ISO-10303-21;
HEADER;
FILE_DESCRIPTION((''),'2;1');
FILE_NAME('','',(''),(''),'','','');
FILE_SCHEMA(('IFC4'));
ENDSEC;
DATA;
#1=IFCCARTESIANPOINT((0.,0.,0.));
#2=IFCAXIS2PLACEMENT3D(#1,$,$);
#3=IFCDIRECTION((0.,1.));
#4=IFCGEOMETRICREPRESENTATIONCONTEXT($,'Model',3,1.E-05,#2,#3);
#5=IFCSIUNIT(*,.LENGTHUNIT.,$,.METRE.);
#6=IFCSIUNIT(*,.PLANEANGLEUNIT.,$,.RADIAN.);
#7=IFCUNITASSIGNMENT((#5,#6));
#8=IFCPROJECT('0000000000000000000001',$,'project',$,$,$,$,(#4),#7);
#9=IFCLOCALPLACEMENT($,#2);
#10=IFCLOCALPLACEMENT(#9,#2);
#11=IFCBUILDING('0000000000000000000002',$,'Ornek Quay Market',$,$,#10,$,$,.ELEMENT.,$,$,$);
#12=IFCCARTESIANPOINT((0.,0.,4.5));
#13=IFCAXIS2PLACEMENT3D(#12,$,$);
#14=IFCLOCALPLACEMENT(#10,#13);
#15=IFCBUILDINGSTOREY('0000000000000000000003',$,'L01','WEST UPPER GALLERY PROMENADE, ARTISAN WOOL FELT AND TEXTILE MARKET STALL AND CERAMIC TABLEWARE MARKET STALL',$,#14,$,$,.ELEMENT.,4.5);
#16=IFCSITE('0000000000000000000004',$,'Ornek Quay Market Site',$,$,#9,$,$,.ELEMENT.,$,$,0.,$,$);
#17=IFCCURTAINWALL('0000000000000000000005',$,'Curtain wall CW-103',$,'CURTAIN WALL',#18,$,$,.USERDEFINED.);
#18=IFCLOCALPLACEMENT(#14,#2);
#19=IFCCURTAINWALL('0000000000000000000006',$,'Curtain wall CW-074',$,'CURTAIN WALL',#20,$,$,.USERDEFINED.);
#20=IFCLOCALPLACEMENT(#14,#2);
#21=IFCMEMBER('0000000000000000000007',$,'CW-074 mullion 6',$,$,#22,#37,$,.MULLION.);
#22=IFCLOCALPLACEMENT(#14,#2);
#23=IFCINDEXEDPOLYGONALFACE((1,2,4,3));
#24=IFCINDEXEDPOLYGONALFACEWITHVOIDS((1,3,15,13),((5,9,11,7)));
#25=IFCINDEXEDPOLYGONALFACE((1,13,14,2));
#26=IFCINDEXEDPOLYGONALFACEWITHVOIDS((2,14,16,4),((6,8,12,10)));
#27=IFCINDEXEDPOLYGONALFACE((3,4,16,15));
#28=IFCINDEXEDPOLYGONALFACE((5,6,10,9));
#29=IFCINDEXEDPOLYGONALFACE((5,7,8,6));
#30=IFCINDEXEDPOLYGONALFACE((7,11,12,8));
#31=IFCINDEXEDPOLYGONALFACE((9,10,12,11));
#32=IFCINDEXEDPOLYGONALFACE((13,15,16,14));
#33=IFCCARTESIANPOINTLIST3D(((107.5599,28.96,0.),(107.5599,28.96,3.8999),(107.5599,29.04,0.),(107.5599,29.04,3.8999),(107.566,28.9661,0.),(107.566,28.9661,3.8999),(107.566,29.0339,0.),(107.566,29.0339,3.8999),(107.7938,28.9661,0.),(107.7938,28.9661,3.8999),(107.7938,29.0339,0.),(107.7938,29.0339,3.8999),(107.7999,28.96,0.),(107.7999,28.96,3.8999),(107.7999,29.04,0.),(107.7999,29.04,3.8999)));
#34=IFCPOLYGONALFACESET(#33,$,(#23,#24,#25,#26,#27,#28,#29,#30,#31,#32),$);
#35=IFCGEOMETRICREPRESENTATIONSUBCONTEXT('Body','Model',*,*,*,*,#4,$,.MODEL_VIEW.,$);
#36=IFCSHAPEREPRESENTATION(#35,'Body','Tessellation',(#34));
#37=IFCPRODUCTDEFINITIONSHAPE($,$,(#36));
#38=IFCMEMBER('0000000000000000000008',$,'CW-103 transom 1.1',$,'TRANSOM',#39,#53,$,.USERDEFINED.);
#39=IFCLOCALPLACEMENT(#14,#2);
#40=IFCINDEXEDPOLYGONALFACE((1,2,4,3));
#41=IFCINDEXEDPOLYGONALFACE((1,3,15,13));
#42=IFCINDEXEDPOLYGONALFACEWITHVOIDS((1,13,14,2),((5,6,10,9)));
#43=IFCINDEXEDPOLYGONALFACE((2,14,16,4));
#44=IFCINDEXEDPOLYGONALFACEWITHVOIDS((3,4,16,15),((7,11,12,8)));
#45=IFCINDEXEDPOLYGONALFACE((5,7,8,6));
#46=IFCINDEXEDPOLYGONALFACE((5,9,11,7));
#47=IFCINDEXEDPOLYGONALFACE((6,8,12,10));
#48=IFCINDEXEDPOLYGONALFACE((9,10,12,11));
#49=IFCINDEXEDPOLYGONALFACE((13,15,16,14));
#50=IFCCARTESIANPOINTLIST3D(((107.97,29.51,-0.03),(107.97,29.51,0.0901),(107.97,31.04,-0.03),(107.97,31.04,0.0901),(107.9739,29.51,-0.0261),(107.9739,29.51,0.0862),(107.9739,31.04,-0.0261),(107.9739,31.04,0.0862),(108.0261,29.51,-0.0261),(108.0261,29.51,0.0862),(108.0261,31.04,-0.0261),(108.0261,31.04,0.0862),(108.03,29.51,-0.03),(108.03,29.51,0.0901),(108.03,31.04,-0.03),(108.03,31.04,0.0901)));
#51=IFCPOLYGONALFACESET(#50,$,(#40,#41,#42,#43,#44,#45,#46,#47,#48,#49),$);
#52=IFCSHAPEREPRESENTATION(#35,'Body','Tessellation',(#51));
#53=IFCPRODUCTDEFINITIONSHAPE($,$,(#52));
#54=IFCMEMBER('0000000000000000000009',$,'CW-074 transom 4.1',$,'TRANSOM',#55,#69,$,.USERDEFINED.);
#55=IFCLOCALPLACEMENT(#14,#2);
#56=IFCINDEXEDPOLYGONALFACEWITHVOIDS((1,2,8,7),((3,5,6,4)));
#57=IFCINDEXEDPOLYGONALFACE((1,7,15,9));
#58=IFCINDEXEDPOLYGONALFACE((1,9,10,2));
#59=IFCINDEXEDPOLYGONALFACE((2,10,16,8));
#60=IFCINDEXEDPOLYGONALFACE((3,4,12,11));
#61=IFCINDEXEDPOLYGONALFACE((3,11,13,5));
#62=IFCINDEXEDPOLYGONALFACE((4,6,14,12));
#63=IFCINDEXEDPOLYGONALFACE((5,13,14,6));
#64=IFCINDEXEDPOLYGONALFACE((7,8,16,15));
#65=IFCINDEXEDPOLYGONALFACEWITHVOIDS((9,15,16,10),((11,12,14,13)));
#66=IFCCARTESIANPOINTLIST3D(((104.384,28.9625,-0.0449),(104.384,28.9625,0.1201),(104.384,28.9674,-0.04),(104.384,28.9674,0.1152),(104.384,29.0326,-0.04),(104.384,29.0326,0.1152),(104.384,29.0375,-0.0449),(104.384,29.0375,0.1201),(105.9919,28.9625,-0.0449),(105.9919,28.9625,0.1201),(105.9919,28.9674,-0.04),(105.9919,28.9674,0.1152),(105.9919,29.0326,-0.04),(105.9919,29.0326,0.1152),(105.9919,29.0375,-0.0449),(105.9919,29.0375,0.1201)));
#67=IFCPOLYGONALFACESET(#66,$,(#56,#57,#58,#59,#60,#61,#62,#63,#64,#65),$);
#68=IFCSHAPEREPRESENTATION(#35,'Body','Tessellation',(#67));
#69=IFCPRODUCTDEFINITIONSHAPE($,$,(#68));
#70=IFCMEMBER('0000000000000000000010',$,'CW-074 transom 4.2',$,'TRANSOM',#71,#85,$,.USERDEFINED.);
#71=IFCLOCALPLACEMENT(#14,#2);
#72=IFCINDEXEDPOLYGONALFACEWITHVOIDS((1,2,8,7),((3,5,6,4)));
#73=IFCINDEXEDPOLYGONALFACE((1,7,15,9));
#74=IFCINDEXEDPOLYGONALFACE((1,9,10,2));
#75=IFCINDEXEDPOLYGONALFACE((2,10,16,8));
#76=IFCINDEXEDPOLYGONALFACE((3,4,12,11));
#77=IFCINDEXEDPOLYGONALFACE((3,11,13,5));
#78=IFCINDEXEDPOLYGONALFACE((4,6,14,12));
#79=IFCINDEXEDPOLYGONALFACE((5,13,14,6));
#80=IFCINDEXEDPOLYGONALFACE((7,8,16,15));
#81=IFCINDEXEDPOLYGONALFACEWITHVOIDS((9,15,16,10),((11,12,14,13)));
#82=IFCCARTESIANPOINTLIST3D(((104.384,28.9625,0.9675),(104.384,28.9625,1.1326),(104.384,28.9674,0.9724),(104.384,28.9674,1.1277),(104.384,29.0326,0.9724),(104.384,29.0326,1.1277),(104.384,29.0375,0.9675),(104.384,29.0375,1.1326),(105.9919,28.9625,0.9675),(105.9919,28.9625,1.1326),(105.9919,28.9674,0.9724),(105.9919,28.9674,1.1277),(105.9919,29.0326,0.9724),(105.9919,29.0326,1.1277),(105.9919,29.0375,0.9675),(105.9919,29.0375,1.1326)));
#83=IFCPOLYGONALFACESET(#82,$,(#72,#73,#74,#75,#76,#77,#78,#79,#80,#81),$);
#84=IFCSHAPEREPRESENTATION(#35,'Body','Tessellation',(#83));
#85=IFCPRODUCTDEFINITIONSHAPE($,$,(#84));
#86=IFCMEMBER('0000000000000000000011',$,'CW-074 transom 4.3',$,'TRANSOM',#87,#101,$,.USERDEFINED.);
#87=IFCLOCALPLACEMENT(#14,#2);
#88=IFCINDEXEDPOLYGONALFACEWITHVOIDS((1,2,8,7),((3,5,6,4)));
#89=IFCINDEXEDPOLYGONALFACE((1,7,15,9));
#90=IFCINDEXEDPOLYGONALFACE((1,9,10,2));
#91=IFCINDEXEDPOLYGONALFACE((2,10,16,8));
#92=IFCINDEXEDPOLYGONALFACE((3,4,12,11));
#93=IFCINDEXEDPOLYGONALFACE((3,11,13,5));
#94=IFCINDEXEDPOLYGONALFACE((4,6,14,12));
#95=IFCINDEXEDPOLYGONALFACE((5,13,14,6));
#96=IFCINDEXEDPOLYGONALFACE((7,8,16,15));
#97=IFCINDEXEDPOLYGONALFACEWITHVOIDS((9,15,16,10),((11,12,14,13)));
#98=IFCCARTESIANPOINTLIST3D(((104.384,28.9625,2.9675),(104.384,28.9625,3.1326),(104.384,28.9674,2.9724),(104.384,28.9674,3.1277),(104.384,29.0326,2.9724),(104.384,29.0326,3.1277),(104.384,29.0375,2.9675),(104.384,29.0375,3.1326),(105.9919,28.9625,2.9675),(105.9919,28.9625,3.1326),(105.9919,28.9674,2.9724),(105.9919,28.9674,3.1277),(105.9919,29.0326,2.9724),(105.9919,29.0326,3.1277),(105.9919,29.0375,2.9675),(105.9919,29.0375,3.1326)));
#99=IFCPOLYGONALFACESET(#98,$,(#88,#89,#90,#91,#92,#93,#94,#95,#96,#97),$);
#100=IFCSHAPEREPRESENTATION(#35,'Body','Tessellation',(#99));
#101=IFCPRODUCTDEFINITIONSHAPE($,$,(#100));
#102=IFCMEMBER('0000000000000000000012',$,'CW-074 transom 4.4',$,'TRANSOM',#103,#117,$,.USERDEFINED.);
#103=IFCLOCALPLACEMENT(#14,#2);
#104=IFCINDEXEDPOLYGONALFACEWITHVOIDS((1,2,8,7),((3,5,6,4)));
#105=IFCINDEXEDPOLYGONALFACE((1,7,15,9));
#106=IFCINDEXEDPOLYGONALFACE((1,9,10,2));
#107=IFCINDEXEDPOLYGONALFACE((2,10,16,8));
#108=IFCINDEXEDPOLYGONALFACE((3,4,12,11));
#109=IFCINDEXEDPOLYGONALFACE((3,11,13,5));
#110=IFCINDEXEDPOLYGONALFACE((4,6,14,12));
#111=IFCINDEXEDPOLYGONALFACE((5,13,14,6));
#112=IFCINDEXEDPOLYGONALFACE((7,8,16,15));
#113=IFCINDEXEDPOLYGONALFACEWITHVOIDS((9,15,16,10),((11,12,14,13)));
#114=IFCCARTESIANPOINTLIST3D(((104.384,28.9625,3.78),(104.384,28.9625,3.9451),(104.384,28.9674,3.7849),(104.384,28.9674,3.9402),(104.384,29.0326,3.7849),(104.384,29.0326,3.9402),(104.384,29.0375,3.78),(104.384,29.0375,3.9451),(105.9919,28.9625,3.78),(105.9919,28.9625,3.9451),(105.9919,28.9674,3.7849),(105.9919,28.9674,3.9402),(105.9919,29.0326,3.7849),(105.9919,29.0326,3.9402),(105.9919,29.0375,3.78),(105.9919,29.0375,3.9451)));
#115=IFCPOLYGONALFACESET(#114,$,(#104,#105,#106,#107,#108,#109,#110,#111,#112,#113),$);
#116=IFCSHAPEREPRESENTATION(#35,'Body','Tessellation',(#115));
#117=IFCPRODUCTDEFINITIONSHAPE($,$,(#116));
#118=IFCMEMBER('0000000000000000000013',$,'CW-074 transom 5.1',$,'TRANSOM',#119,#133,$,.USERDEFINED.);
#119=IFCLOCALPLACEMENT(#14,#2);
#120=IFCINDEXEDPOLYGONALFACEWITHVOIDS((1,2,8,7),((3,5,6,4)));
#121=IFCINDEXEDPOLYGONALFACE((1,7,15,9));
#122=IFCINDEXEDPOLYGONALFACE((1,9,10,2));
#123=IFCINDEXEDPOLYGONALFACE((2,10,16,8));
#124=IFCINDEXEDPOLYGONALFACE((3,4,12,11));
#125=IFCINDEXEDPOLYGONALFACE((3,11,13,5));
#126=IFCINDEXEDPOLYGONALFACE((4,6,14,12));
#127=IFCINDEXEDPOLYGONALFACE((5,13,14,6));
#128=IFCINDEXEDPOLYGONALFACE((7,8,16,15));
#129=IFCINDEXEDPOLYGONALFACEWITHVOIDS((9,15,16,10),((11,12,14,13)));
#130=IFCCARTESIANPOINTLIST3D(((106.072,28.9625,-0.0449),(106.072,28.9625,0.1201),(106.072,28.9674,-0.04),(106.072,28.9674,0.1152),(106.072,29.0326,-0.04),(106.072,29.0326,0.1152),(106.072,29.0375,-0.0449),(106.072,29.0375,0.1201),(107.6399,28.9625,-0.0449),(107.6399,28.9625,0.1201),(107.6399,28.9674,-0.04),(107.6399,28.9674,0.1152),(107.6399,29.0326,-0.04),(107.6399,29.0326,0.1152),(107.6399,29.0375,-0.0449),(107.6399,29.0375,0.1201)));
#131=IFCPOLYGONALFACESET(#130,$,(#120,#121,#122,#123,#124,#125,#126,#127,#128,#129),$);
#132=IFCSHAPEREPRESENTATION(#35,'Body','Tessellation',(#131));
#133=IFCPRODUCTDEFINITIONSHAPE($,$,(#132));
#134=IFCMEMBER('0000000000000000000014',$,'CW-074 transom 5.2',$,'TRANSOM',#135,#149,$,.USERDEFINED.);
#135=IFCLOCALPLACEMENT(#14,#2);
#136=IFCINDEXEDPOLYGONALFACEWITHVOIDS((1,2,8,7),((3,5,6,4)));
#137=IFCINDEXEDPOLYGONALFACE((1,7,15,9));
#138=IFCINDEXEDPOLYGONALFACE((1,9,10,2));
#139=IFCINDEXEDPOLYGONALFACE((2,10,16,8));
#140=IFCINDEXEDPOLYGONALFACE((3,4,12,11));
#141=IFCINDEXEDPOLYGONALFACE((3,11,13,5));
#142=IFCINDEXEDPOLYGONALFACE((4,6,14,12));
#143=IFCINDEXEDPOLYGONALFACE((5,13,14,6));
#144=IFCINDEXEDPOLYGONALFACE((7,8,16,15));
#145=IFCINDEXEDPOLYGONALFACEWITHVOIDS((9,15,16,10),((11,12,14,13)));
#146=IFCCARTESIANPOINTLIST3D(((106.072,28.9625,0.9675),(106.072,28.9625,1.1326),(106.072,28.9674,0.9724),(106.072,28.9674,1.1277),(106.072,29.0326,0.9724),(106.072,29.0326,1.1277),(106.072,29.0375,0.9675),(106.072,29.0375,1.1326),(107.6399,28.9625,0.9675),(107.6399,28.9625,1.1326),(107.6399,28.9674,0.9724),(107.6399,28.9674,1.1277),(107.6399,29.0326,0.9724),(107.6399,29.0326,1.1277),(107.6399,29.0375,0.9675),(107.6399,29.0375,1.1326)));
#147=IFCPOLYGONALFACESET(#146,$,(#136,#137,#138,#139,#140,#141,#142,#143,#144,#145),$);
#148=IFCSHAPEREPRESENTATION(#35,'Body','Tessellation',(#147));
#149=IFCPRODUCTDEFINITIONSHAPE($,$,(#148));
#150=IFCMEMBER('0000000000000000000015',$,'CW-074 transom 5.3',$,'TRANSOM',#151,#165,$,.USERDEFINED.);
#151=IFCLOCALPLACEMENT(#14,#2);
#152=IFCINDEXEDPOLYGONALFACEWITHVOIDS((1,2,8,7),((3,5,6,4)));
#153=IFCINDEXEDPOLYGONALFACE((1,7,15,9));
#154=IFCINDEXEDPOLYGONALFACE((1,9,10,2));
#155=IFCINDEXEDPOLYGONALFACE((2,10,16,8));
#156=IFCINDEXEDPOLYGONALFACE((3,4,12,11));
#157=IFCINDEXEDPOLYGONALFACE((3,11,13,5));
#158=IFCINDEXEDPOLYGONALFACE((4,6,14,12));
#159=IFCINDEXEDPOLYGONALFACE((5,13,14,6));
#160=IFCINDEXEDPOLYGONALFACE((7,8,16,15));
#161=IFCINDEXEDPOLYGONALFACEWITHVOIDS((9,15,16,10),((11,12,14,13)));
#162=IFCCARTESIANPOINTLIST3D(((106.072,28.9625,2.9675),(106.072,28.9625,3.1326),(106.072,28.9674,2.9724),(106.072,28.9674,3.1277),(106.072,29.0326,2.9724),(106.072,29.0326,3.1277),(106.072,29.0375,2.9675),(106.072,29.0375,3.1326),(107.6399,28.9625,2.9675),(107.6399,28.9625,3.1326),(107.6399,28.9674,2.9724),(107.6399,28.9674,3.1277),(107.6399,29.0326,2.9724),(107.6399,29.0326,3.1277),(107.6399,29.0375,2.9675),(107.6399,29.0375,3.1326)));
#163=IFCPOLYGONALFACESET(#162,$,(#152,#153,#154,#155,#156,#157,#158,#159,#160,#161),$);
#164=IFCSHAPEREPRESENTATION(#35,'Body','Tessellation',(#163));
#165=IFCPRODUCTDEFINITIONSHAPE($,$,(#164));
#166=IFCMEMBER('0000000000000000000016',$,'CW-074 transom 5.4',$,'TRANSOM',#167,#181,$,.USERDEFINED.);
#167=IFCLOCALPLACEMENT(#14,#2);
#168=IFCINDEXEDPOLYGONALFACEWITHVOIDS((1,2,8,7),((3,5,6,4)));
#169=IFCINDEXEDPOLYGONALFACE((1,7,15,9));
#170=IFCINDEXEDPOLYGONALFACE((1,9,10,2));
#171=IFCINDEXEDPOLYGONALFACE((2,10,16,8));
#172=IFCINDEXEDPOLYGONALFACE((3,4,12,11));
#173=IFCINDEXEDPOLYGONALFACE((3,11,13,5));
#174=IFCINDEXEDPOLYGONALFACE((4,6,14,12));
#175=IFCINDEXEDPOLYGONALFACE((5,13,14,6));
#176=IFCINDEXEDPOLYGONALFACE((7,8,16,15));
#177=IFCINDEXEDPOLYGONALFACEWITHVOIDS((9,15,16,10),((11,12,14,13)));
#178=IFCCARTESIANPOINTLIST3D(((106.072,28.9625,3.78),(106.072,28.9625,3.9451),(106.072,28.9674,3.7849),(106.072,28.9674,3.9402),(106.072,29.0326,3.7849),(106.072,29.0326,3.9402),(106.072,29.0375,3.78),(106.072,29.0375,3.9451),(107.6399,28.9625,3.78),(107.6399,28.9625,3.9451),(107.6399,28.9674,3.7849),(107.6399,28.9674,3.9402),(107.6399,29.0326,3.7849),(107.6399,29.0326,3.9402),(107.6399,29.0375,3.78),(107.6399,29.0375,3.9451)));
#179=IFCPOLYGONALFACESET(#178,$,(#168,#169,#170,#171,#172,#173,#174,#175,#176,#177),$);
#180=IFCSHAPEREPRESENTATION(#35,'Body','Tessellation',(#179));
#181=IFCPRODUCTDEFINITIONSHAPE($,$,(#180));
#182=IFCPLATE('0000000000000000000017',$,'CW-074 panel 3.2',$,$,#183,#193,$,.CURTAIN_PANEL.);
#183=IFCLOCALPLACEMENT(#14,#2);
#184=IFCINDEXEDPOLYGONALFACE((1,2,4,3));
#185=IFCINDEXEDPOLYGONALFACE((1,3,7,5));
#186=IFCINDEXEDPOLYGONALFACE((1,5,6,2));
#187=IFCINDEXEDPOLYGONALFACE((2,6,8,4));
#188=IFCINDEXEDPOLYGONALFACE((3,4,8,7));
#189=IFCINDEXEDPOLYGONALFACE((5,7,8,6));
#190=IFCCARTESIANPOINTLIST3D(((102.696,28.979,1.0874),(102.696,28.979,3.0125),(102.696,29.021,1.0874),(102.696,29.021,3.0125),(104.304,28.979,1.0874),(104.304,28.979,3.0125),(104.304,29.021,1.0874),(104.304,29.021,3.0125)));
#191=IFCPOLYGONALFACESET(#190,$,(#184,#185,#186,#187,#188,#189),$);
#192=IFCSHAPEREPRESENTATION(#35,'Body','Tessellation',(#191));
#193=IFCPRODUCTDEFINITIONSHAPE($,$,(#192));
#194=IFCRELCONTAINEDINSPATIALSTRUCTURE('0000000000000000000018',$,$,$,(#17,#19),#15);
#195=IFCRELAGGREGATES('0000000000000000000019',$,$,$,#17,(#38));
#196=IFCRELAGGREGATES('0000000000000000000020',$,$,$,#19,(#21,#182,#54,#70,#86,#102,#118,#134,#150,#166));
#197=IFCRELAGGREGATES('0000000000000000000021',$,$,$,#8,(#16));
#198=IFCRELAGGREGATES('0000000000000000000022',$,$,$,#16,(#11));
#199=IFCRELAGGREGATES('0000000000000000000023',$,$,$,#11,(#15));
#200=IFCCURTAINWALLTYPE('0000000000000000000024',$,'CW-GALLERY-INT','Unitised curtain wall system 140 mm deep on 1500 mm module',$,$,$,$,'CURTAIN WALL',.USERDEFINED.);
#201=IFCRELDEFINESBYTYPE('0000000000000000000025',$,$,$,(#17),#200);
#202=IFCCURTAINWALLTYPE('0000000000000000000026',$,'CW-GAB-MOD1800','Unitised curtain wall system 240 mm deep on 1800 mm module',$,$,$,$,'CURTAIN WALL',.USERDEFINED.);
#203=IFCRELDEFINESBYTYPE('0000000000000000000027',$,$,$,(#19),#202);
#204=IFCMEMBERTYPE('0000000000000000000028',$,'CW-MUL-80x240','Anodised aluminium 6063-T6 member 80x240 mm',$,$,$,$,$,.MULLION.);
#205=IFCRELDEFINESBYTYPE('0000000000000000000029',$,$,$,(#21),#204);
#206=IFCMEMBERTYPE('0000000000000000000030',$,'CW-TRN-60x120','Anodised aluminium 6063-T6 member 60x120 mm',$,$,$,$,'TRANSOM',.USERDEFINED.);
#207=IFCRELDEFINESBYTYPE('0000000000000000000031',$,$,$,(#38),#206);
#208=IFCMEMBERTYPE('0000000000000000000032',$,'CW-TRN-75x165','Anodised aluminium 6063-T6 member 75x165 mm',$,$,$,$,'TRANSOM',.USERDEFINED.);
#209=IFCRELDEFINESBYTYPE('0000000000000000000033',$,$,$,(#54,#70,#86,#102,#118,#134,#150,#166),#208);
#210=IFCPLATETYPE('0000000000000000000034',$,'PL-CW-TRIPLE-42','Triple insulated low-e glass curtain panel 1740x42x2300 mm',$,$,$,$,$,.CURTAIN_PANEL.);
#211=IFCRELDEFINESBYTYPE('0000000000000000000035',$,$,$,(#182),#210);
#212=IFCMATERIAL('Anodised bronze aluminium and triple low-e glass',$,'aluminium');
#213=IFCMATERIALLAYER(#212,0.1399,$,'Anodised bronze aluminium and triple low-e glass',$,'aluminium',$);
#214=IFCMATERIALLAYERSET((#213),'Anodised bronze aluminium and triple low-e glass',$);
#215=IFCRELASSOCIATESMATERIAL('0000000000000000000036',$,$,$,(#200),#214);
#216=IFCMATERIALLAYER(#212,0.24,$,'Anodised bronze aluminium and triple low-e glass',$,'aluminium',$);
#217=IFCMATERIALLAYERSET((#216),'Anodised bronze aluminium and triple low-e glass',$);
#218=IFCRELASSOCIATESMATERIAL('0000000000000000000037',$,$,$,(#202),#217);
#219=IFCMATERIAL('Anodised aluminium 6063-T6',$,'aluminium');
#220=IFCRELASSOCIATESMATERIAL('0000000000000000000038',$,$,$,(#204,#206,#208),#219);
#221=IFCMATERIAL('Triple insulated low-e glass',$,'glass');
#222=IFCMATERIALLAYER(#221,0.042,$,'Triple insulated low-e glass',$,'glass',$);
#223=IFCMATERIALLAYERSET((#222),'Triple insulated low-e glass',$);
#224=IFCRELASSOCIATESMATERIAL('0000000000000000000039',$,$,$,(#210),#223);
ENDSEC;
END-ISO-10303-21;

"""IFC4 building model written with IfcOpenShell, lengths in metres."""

from ifc_helpers import new_model, si_unit, direction, frame, origin, origin_2d, place, context, subcontext, project, spatial, rectangle, hollow_rectangle, extrude, material, layer, layer_set, material_profile, profile_set, type_object, element, aggregate, save


model = new_model("IFC4")

# Units and contexts
model_context = context("Model", 3, precision=1e-05, world=origin(), true_north=direction((0.0, 1.0)))
body_context = subcontext(model_context, "Body", "Model", "MODEL_VIEW")
ifc_project = project(units=[si_unit("LENGTHUNIT", "METRE"), si_unit("PLANEANGLEUNIT", "RADIAN")], contexts=[model_context])

# Site, building, storey
site_placement = place(None, origin())
site = spatial("IfcSite", under=ifc_project, at=site_placement, Name="Ornek Quay Market Site", CompositionType="ELEMENT", RefElevation=0.0)
building_placement = place(site_placement, origin())
building = spatial("IfcBuilding", under=site, at=building_placement, Name="Ornek Quay Market", CompositionType="ELEMENT")
storey_placement = place(building_placement, frame((0.0, 0.0, 4.5)))
storey = spatial("IfcBuildingStorey", under=building, at=storey_placement, Name="L01", Description="WEST UPPER GALLERY PROMENADE, ARTISAN WOOL FELT AND TEXTILE MARKET STALL AND CERAMIC TABLEWARE MARKET STALL", CompositionType="ELEMENT", Elevation=4.5)

# Curtain wall
ifc_material_1 = material(Name="Anodised bronze aluminium and triple low-e glass", Category="aluminium")
ifc_layer_1 = layer(ifc_material_1, 0.1399, Name="Anodised bronze aluminium and triple low-e glass", Category="aluminium")
ifc_layer_set_1 = layer_set([ifc_layer_1], Name="Anodised bronze aluminium and triple low-e glass")
curtain_wall_type_1 = type_object("IfcCurtainWallType", Name="CW-GALLERY-INT", Description="Unitised curtain wall system 140 mm deep on 1500 mm module", ElementType="CURTAIN WALL", PredefinedType="USERDEFINED", material=ifc_layer_set_1)
curtain_wall_1_placement = place(storey_placement, origin())
curtain_wall_1 = element("IfcCurtainWall", 1, at=curtain_wall_1_placement, inside=storey, type_object=curtain_wall_type_1, Name="Curtain wall CW-103", ObjectType="CURTAIN WALL", PredefinedType="USERDEFINED")
ifc_material_2 = material(Name="Anodised aluminium 6063-T6", Category="aluminium")

# Curtain wall, member
ifc_layer_2 = layer(ifc_material_1, 0.24, Name="Anodised bronze aluminium and triple low-e glass", Category="aluminium")
ifc_layer_set_2 = layer_set([ifc_layer_2], Name="Anodised bronze aluminium and triple low-e glass")
curtain_wall_type_2 = type_object("IfcCurtainWallType", Name="CW-GAB-MOD1800", Description="Unitised curtain wall system 240 mm deep on 1800 mm module", ElementType="CURTAIN WALL", PredefinedType="USERDEFINED", material=ifc_layer_set_2)
curtain_wall_2_placement = place(storey_placement, origin())
curtain_wall_2 = element("IfcCurtainWall", 2, at=curtain_wall_2_placement, inside=storey, type_object=curtain_wall_type_2, Name="Curtain wall CW-074", ObjectType="CURTAIN WALL", PredefinedType="USERDEFINED")
ifc_material_profile_1 = material_profile(ifc_material_2, hollow_rectangle(XDim=0.0801, YDim=0.24, WallThickness=0.0061, at=origin_2d()), Name="CW-MUL-80x240", Category="aluminium")
ifc_profile_set_1 = profile_set([ifc_material_profile_1], Name="Anodised aluminium 6063-T6")
member_type_1 = type_object("IfcMemberType", Name="CW-MUL-80x240", Description="Anodised aluminium 6063-T6 member 80x240 mm", PredefinedType="MULLION", material=ifc_profile_set_1)
member_1_placement = place(storey_placement, frame((107.6799, 29.0, 0.0), z_axis=(0.0, 0.0, 1.0), x_axis=(0.0, 1.0, 0.0)))
member_1 = element("IfcMember", 3, at=member_1_placement, type_object=member_type_1, Name="CW-074 mullion 6", PredefinedType="MULLION", context=body_context, shape_type="SweptSolid", body=[
    extrude(hollow_rectangle(XDim=0.0801, YDim=0.24, WallThickness=0.0061, at=origin_2d()), origin(), (0.0, 0.0, 1.0), 3.8999),
])

# Members
ifc_material_profile_2 = material_profile(ifc_material_2, hollow_rectangle(XDim=0.0601, YDim=0.1201, WallThickness=0.0039, at=origin_2d()), Name="CW-TRN-60x120", Category="aluminium")
ifc_profile_set_2 = profile_set([ifc_material_profile_2], Name="Anodised aluminium 6063-T6")
member_type_2 = type_object("IfcMemberType", Name="CW-TRN-60x120", Description="Anodised aluminium 6063-T6 member 60x120 mm", ElementType="TRANSOM", PredefinedType="USERDEFINED", material=ifc_profile_set_2)
member_2_placement = place(storey_placement, frame((108.0, 29.51, 0.03), z_axis=(0.0, 1.0, 0.0), x_axis=(-1.0, 0.0, 0.0)))
member_2 = element("IfcMember", 4, at=member_2_placement, type_object=member_type_2, Name="CW-103 transom 1.1", ObjectType="TRANSOM", PredefinedType="USERDEFINED", context=body_context, shape_type="SweptSolid", body=[
    extrude(hollow_rectangle(XDim=0.0601, YDim=0.1201, WallThickness=0.0039, at=origin_2d()), origin(), (0.0, 0.0, 1.0), 1.53),
])
aggregate(curtain_wall_1, [member_2])
ifc_material_profile_3 = material_profile(ifc_material_2, hollow_rectangle(XDim=0.075, YDim=0.165, WallThickness=0.0049, at=origin_2d()), Name="CW-TRN-75x165", Category="aluminium")
ifc_profile_set_3 = profile_set([ifc_material_profile_3], Name="Anodised aluminium 6063-T6")
member_type_3 = type_object("IfcMemberType", Name="CW-TRN-75x165", Description="Anodised aluminium 6063-T6 member 75x165 mm", ElementType="TRANSOM", PredefinedType="USERDEFINED", material=ifc_profile_set_3)
member_3_placement = place(storey_placement, frame((104.384, 29.0, 0.0376), z_axis=(1.0, 0.0, 0.0), x_axis=(0.0, 1.0, 0.0)))
member_3 = element("IfcMember", 5, at=member_3_placement, type_object=member_type_3, Name="CW-074 transom 4.1", ObjectType="TRANSOM", PredefinedType="USERDEFINED", context=body_context, shape_type="SweptSolid", body=[
    extrude(hollow_rectangle(XDim=0.075, YDim=0.165, WallThickness=0.0049, at=origin_2d()), origin(), (0.0, 0.0, 1.0), 1.6079),
])
member_4_placement = place(storey_placement, frame((104.384, 29.0, 1.05), z_axis=(1.0, 0.0, 0.0), x_axis=(0.0, 1.0, 0.0)))
member_4 = element("IfcMember", 6, at=member_4_placement, type_object=member_type_3, Name="CW-074 transom 4.2", ObjectType="TRANSOM", PredefinedType="USERDEFINED", context=body_context, shape_type="SweptSolid", body=[
    extrude(hollow_rectangle(XDim=0.075, YDim=0.165, WallThickness=0.0049, at=origin_2d()), origin(), (0.0, 0.0, 1.0), 1.6079),
])
member_5_placement = place(storey_placement, frame((104.384, 29.0, 3.05), z_axis=(1.0, 0.0, 0.0), x_axis=(0.0, 1.0, 0.0)))
member_5 = element("IfcMember", 7, at=member_5_placement, type_object=member_type_3, Name="CW-074 transom 4.3", ObjectType="TRANSOM", PredefinedType="USERDEFINED", context=body_context, shape_type="SweptSolid", body=[
    extrude(hollow_rectangle(XDim=0.075, YDim=0.165, WallThickness=0.0049, at=origin_2d()), origin(), (0.0, 0.0, 1.0), 1.6079),
])
member_6_placement = place(storey_placement, frame((104.384, 29.0, 3.8625), z_axis=(1.0, 0.0, 0.0), x_axis=(0.0, 1.0, 0.0)))
member_6 = element("IfcMember", 8, at=member_6_placement, type_object=member_type_3, Name="CW-074 transom 4.4", ObjectType="TRANSOM", PredefinedType="USERDEFINED", context=body_context, shape_type="SweptSolid", body=[
    extrude(hollow_rectangle(XDim=0.075, YDim=0.165, WallThickness=0.0049, at=origin_2d()), origin(), (0.0, 0.0, 1.0), 1.6079),
])
member_7_placement = place(storey_placement, frame((106.072, 29.0, 0.0376), z_axis=(1.0, 0.0, 0.0), x_axis=(0.0, 1.0, 0.0)))
member_7 = element("IfcMember", 9, at=member_7_placement, type_object=member_type_3, Name="CW-074 transom 5.1", ObjectType="TRANSOM", PredefinedType="USERDEFINED", context=body_context, shape_type="SweptSolid", body=[
    extrude(hollow_rectangle(XDim=0.075, YDim=0.165, WallThickness=0.0049, at=origin_2d()), origin(), (0.0, 0.0, 1.0), 1.5679),
])
member_8_placement = place(storey_placement, frame((106.072, 29.0, 1.05), z_axis=(1.0, 0.0, 0.0), x_axis=(0.0, 1.0, 0.0)))
member_8 = element("IfcMember", 10, at=member_8_placement, type_object=member_type_3, Name="CW-074 transom 5.2", ObjectType="TRANSOM", PredefinedType="USERDEFINED", context=body_context, shape_type="SweptSolid", body=[
    extrude(hollow_rectangle(XDim=0.075, YDim=0.165, WallThickness=0.0049, at=origin_2d()), origin(), (0.0, 0.0, 1.0), 1.5679),
])
member_9_placement = place(storey_placement, frame((106.072, 29.0, 3.05), z_axis=(1.0, 0.0, 0.0), x_axis=(0.0, 1.0, 0.0)))
member_9 = element("IfcMember", 11, at=member_9_placement, type_object=member_type_3, Name="CW-074 transom 5.3", ObjectType="TRANSOM", PredefinedType="USERDEFINED", context=body_context, shape_type="SweptSolid", body=[
    extrude(hollow_rectangle(XDim=0.075, YDim=0.165, WallThickness=0.0049, at=origin_2d()), origin(), (0.0, 0.0, 1.0), 1.5679),
])
member_10_placement = place(storey_placement, frame((106.072, 29.0, 3.8625), z_axis=(1.0, 0.0, 0.0), x_axis=(0.0, 1.0, 0.0)))
member_10 = element("IfcMember", 12, at=member_10_placement, type_object=member_type_3, Name="CW-074 transom 5.4", ObjectType="TRANSOM", PredefinedType="USERDEFINED", context=body_context, shape_type="SweptSolid", body=[
    extrude(hollow_rectangle(XDim=0.075, YDim=0.165, WallThickness=0.0049, at=origin_2d()), origin(), (0.0, 0.0, 1.0), 1.5679),
])

# Plate
ifc_material_3 = material(Name="Triple insulated low-e glass", Category="glass")
ifc_layer_3 = layer(ifc_material_3, 0.042, Name="Triple insulated low-e glass", Category="glass")
ifc_layer_set_3 = layer_set([ifc_layer_3], Name="Triple insulated low-e glass")
plate_type = type_object("IfcPlateType", Name="PL-CW-TRIPLE-42", Description="Triple insulated low-e glass curtain panel 1740x42x2300 mm", PredefinedType="CURTAIN_PANEL", material=ifc_layer_set_3)
plate_1_placement = place(storey_placement, frame((103.5, 29.0, 1.0874), z_axis=(0.0, 0.0, 1.0), x_axis=(1.0, 0.0, 0.0)))
plate_1 = element("IfcPlate", 13, at=plate_1_placement, type_object=plate_type, Name="CW-074 panel 3.2", PredefinedType="CURTAIN_PANEL", context=body_context, shape_type="SweptSolid", body=[
    extrude(rectangle(XDim=1.6079, YDim=0.042, at=origin_2d()), origin(), (0.0, 0.0, 1.0), 1.925),
])
aggregate(curtain_wall_2, [member_1, plate_1, member_3, member_4, member_5, member_6, member_7, member_8, member_9, member_10])

save(model, "model.ifc")
